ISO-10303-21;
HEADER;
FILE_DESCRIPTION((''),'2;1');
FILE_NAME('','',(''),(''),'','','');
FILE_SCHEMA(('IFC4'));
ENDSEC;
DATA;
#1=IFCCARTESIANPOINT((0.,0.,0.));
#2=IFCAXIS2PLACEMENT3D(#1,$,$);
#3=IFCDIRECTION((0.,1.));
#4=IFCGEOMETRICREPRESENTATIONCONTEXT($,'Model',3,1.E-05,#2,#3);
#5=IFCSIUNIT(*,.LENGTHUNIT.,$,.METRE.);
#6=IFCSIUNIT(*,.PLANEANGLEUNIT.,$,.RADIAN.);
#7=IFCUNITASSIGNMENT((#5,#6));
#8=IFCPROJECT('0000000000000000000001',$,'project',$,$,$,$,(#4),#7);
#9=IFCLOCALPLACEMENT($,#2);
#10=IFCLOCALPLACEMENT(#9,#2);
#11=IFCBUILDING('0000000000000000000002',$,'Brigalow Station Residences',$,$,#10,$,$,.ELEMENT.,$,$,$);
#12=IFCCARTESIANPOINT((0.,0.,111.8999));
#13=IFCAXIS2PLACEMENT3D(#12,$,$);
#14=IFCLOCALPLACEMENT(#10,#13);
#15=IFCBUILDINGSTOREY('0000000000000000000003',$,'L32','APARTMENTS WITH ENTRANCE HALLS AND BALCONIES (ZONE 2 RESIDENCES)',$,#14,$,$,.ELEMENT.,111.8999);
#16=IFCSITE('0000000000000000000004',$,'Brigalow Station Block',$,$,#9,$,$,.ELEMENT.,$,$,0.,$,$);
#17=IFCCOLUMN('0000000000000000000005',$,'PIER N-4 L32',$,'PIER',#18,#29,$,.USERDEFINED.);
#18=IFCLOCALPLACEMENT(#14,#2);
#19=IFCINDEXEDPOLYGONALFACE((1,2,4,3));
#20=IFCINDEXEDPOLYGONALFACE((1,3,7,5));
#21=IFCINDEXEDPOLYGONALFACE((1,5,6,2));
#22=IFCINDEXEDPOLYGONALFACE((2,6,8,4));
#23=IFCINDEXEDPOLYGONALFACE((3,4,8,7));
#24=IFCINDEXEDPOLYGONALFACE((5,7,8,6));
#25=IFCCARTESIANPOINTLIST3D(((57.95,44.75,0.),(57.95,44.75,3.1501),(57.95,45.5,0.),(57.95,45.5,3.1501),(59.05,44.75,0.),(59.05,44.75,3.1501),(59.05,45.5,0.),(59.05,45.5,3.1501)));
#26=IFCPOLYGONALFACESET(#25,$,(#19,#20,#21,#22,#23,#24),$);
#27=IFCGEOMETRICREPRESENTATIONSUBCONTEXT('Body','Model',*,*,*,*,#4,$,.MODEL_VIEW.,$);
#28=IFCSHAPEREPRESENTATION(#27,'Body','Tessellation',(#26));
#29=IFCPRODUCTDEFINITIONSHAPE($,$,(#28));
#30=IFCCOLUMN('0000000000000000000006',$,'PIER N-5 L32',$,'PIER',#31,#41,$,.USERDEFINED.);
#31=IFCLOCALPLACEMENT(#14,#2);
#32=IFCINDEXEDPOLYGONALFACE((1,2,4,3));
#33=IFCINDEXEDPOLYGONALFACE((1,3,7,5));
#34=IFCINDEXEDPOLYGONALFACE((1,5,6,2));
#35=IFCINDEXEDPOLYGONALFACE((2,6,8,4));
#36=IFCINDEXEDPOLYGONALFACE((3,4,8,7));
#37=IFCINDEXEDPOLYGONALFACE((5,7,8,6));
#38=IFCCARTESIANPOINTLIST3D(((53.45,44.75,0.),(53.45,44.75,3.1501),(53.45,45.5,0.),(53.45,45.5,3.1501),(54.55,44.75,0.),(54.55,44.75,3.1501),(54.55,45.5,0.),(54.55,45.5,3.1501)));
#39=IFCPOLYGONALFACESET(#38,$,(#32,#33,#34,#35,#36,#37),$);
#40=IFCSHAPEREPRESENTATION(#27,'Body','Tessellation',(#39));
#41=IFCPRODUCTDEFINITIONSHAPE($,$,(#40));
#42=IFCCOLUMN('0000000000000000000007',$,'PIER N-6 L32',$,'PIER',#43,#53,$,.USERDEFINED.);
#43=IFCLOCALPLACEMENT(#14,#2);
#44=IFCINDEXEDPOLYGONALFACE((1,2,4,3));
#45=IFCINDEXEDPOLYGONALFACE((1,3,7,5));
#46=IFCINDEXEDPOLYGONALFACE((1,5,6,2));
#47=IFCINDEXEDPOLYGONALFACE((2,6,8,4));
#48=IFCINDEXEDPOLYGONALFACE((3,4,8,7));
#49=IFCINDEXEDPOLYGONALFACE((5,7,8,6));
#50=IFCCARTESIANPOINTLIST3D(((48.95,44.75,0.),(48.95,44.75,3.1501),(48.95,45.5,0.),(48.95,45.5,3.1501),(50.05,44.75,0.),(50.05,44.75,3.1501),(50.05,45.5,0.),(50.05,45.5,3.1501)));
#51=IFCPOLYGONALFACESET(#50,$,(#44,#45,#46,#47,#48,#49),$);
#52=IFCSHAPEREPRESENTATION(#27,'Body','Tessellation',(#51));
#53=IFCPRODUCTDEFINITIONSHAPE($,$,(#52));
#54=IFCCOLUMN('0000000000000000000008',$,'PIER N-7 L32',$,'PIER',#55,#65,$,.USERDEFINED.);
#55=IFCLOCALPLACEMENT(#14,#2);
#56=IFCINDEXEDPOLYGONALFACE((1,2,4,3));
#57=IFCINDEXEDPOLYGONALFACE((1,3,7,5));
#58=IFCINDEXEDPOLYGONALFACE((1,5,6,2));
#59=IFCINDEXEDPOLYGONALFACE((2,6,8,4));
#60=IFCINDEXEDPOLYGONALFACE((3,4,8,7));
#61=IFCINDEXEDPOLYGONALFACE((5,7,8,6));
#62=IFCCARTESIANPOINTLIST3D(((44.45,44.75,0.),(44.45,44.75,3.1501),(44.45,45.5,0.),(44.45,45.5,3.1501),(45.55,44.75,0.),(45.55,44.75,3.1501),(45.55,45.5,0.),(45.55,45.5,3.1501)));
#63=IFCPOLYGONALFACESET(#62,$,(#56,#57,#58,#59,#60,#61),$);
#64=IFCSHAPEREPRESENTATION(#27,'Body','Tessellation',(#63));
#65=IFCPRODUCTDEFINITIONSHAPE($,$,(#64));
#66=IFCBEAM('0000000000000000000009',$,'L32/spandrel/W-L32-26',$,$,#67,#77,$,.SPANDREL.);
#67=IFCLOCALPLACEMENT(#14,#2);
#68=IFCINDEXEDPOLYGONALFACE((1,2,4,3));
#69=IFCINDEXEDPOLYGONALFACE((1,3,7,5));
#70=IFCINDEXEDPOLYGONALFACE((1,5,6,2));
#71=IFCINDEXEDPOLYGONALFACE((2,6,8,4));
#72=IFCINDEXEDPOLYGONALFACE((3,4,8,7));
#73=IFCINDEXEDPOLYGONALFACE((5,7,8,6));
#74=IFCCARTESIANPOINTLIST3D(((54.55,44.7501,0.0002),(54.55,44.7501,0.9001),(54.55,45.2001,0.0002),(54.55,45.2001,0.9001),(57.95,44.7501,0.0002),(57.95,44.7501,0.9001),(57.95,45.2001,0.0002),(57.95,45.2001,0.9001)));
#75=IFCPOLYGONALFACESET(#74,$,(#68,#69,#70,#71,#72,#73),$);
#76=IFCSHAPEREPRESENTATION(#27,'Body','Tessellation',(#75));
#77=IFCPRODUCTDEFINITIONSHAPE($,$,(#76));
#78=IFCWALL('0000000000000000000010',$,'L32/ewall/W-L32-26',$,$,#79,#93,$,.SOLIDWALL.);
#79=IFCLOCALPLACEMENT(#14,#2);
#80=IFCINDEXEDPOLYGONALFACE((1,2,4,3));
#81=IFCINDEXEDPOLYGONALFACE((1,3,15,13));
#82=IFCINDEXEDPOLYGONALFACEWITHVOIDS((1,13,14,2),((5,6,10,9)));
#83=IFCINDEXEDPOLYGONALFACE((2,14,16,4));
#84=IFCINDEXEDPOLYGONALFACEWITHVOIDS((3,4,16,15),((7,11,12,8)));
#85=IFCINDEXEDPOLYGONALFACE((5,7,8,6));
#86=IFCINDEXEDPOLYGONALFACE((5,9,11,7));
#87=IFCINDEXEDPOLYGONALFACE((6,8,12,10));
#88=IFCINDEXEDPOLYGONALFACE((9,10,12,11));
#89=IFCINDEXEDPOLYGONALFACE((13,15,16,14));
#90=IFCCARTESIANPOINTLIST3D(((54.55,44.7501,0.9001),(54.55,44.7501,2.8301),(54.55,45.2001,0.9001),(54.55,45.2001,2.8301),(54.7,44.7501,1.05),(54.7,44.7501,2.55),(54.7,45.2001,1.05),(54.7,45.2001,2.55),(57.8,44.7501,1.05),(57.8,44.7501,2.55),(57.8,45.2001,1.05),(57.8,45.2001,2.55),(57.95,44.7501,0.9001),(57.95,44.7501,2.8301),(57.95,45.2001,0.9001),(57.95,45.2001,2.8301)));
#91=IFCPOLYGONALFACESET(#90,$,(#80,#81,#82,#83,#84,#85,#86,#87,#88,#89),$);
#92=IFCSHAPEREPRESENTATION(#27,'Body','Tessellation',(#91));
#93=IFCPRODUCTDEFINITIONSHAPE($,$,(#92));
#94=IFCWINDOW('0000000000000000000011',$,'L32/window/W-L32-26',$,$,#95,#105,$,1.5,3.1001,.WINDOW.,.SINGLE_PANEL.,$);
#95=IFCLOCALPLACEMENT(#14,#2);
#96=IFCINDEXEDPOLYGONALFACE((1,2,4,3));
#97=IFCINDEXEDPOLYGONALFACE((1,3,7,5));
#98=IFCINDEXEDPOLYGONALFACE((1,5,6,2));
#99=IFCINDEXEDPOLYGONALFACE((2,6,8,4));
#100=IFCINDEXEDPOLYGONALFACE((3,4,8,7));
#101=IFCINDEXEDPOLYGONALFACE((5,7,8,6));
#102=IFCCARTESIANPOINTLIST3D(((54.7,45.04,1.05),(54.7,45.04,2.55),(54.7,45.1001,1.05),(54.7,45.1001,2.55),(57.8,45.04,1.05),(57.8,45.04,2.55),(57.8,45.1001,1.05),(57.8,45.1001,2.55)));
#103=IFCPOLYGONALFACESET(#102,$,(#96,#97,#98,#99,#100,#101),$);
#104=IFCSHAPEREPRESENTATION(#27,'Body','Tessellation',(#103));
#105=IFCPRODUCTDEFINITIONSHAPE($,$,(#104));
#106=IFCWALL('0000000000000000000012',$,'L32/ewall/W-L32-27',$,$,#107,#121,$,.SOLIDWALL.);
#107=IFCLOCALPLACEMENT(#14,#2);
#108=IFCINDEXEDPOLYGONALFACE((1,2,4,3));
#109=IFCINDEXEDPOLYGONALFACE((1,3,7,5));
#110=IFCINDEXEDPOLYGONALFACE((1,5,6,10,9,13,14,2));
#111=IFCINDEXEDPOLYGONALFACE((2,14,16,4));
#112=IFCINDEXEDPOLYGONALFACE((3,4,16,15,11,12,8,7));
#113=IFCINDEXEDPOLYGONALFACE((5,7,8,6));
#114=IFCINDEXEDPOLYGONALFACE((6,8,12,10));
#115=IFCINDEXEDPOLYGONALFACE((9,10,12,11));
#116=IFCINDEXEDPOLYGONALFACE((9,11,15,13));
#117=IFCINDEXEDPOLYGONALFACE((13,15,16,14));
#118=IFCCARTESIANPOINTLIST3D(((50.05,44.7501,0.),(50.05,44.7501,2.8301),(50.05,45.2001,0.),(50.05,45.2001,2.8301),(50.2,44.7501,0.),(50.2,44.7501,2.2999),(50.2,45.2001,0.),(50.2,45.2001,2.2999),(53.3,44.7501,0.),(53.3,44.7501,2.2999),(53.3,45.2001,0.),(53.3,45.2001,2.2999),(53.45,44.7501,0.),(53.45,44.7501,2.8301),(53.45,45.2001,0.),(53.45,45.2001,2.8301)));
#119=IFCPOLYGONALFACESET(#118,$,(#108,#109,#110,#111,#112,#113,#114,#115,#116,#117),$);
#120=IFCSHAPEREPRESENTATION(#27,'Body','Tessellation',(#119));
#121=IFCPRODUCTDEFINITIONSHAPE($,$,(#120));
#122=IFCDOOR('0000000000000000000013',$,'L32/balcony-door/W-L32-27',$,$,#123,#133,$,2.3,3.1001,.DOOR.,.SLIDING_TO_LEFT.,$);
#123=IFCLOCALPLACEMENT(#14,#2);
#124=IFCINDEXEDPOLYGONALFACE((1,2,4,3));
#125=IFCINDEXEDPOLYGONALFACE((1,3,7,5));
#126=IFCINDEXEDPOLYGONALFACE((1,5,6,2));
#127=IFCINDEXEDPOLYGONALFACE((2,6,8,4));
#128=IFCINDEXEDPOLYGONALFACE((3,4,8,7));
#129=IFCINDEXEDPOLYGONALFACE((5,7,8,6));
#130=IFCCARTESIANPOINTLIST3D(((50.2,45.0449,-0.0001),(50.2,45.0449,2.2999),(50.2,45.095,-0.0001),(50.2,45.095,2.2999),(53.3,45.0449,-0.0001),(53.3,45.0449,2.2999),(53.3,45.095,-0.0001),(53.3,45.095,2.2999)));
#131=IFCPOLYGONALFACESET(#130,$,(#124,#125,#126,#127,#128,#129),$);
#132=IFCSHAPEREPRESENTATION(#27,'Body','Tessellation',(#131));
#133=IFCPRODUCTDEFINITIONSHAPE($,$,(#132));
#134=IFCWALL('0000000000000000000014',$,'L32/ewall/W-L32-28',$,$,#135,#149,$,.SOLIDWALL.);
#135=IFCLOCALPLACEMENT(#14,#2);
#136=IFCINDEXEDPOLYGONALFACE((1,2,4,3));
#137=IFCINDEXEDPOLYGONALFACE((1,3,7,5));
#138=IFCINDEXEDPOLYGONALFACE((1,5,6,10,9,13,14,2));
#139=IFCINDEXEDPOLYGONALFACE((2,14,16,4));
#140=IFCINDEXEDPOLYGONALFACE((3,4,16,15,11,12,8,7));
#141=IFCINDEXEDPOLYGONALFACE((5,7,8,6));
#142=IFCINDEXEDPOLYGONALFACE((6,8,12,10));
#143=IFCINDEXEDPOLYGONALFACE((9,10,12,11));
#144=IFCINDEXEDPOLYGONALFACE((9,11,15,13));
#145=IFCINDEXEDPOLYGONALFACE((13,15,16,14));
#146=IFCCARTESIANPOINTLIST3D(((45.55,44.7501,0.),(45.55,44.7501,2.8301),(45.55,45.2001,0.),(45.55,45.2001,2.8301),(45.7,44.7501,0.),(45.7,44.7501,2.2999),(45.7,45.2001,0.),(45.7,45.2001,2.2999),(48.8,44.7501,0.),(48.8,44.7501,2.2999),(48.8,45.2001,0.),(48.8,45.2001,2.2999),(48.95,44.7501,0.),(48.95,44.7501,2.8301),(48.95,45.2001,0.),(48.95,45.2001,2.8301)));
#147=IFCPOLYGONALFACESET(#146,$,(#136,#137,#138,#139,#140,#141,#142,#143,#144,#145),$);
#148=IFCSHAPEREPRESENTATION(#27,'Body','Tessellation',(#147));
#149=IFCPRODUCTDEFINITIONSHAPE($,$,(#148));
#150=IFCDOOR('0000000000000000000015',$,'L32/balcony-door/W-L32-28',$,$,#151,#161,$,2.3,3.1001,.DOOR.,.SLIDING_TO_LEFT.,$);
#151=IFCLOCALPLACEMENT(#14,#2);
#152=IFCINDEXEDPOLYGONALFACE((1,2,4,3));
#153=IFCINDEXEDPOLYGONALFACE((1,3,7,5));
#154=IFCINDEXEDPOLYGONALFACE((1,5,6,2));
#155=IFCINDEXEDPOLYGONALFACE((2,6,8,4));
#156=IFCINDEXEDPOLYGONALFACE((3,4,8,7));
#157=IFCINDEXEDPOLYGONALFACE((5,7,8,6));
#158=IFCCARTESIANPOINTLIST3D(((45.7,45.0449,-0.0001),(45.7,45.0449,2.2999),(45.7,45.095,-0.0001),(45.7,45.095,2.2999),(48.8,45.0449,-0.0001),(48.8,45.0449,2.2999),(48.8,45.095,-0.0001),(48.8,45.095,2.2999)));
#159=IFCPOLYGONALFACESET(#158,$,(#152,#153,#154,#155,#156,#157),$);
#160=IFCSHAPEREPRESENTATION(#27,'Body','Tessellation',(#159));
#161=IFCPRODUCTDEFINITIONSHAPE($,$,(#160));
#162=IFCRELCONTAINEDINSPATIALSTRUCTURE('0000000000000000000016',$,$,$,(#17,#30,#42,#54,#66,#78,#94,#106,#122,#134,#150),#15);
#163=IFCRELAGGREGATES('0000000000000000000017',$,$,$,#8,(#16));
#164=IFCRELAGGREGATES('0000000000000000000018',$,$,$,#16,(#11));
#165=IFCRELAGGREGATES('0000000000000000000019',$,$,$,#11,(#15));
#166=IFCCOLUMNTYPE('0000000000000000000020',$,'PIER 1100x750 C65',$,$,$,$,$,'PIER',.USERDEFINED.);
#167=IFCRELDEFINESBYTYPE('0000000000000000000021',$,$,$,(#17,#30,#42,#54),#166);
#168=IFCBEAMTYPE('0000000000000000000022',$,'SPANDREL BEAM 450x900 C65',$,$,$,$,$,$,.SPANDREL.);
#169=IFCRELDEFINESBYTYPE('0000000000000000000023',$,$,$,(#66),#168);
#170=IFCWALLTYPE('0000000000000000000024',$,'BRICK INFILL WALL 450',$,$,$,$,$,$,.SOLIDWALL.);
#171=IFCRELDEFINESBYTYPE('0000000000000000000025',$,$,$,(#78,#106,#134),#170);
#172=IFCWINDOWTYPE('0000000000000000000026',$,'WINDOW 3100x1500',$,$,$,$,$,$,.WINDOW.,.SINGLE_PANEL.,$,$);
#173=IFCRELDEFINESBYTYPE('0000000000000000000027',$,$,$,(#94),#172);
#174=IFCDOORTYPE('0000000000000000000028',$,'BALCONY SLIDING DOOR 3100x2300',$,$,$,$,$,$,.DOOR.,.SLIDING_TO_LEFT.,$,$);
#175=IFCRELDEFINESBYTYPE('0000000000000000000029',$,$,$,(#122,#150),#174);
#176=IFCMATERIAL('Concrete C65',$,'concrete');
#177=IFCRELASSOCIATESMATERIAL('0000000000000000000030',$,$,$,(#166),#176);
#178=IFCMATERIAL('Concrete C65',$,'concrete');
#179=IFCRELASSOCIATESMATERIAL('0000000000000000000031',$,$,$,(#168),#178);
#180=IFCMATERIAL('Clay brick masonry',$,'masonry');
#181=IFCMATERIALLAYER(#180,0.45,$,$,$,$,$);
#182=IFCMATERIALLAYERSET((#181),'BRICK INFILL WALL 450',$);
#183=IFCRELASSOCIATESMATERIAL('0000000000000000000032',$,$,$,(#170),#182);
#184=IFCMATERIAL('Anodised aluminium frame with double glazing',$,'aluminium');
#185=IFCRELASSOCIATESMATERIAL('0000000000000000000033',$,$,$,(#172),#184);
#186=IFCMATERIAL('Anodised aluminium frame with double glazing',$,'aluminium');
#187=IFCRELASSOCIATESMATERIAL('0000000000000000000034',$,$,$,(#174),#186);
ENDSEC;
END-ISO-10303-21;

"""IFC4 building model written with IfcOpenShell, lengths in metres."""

from ifc_helpers import new_model, si_unit, direction, frame, frame_2d, origin, origin_2d, place, context, subcontext, project, spatial, rectangle, extrude, material, layer, layer_set, material_profile, profile_set, type_object, element, fill, save


model = new_model("IFC4")

# Units and contexts
model_context = context("Model", 3, precision=1e-05, world=origin(), true_north=direction((0.0, 1.0)))
body_context = subcontext(model_context, "Body", "Model", "MODEL_VIEW")
ifc_project = project(units=[si_unit("LENGTHUNIT", "METRE"), si_unit("PLANEANGLEUNIT", "RADIAN")], contexts=[model_context])

# Site, building, storey
site_placement = place(None, origin())
site = spatial("IfcSite", under=ifc_project, at=site_placement, Name="Brigalow Station Block", CompositionType="ELEMENT", RefElevation=0.0)
building_placement = place(site_placement, origin())
building = spatial("IfcBuilding", under=site, at=building_placement, Name="Brigalow Station Residences", CompositionType="ELEMENT")
storey_placement = place(building_placement, frame((0.0, 0.0, 111.8999)))
storey = spatial("IfcBuildingStorey", under=building, at=storey_placement, Name="L32", Description="APARTMENTS WITH ENTRANCE HALLS AND BALCONIES (ZONE 2 RESIDENCES)", CompositionType="ELEMENT", Elevation=111.8999)

# Columns
ifc_material_1 = material(Name="Concrete C65", Category="concrete")
ifc_material_profile_1 = material_profile(ifc_material_1, rectangle(XDim=1.1001, YDim=0.75, at=origin_2d()), Name="RC1100x750")
ifc_profile_set_1 = profile_set([ifc_material_profile_1], Name="Concrete C65")
column_type = type_object("IfcColumnType", Name="PIER 1100x750 C65", ElementType="PIER", PredefinedType="USERDEFINED", material=ifc_profile_set_1)
for number, where, z_axis, x_axis, name in (
    (1, (58.5, 45.125, 0.0), (0.0, 0.0, 1.0), (-1.0, 0.0, 0.0), "PIER N-4 L32"),
    (2, (54.0, 45.125, 0.0), (0.0, 0.0, 1.0), (-1.0, 0.0, 0.0), "PIER N-5 L32"),
    (3, (49.5, 45.125, 0.0), (0.0, 0.0, 1.0), (-1.0, 0.0, 0.0), "PIER N-6 L32"),
    (4, (45.0, 45.125, 0.0), (0.0, 0.0, 1.0), (-1.0, 0.0, 0.0), "PIER N-7 L32"),
):
    element("IfcColumn", number, at=place(storey_placement, frame(where, z_axis=z_axis, x_axis=x_axis)), inside=storey, type_object=column_type, Name=name, ObjectType="PIER", PredefinedType="USERDEFINED", context=body_context, shape_type="SweptSolid", body=[
        extrude(rectangle(XDim=1.1001, YDim=0.75, at=origin_2d()), origin(), (0.0, 0.0, 1.0), 3.1501),
    ])

# Beam
ifc_material_2 = material(Name="Concrete C65", Category="concrete")
ifc_material_profile_2 = material_profile(ifc_material_2, rectangle(XDim=0.45, YDim=0.8999, at=origin_2d()), Name="RC450x900")
ifc_profile_set_2 = profile_set([ifc_material_profile_2], Name="Concrete C65")
beam_type = type_object("IfcBeamType", Name="SPANDREL BEAM 450x900 C65", PredefinedType="SPANDREL", material=ifc_profile_set_2)
beam_placement = place(storey_placement, frame((57.95, 44.9751, 0.4502), z_axis=(-1.0, 0.0, 0.0), x_axis=(0.0, -1.0, 0.0)))
element("IfcBeam", 5, at=beam_placement, inside=storey, type_object=beam_type, Name="L32/spandrel/W-L32-26", PredefinedType="SPANDREL", context=body_context, shape_type="SweptSolid", body=[
    extrude(rectangle(XDim=0.45, YDim=0.8999, at=origin_2d()), origin(), (0.0, 0.0, 1.0), 3.3999),
])

# Wall, opening, window
ifc_material_3 = material(Name="Clay brick masonry", Category="masonry")
ifc_layer_1 = layer(ifc_material_3, 0.45)
ifc_layer_set_1 = layer_set([ifc_layer_1], Name="BRICK INFILL WALL 450")
wall_type_1 = type_object("IfcWallType", Name="BRICK INFILL WALL 450", PredefinedType="SOLIDWALL", material=ifc_layer_set_1)
wall_1_placement = place(storey_placement, frame((57.95, 44.9751, 0.9001), z_axis=(0.0, 0.0, 1.0), x_axis=(-1.0, 0.0, 0.0)))
wall_1 = element("IfcWall", 6, at=wall_1_placement, inside=storey, type_object=wall_type_1, Name="L32/ewall/W-L32-26", PredefinedType="SOLIDWALL", context=body_context, shape_type="SweptSolid", body=[
    extrude(rectangle(XDim=3.3999, YDim=0.45, at=frame_2d((1.7, 0.0))), origin(), (0.0, 0.0, 1.0), 1.9299),
])
opening_1_placement = place(wall_1_placement, frame((0.1499, 0.0, 0.1499)))
opening_1 = element("IfcOpeningElement", 7, at=opening_1_placement, cuts=wall_1, PredefinedType="OPENING", context=body_context, shape_type="SweptSolid", body=[
    extrude(rectangle(XDim=3.1001, YDim=1.5, at=frame_2d((1.55, 0.75))), frame((0.0, 0.2349, 0.0), z_axis=(0.0, -1.0, 0.0), x_axis=(1.0, 0.0, 0.0)), (0.0, 0.0, 1.0), 0.47),
])
ifc_material_4 = material(Name="Anodised aluminium frame with double glazing", Category="aluminium")
window_type = type_object("IfcWindowType", Name="WINDOW 3100x1500", PartitioningType="SINGLE_PANEL", PredefinedType="WINDOW", material=ifc_material_4)
window_placement = place(opening_1_placement, origin())
window = element("IfcWindow", 8, at=window_placement, inside=storey, type_object=window_type, Name="L32/window/W-L32-26", OverallHeight=1.5, OverallWidth=3.1001, PartitioningType="SINGLE_PANEL", PredefinedType="WINDOW", context=body_context, shape_type="SweptSolid", body=[
    extrude(rectangle(XDim=3.1001, YDim=1.5, at=frame_2d((1.55, 0.75))), frame((0.0, -0.0649, 0.0), z_axis=(0.0, -1.0, 0.0), x_axis=(1.0, 0.0, 0.0)), (0.0, 0.0, 1.0), 0.0601),
])
fill(opening_1, window)

# Walls, openings, doors
wall_2_placement = place(storey_placement, frame((53.45, 44.9751, 0.0), z_axis=(0.0, 0.0, 1.0), x_axis=(-1.0, 0.0, 0.0)))
wall_2 = element("IfcWall", 9, at=wall_2_placement, inside=storey, type_object=wall_type_1, Name="L32/ewall/W-L32-27", PredefinedType="SOLIDWALL", context=body_context, shape_type="SweptSolid", body=[
    extrude(rectangle(XDim=3.3999, YDim=0.45, at=frame_2d((1.7, 0.0))), origin(), (0.0, 0.0, 1.0), 2.8301),
])
opening_2_placement = place(wall_2_placement, frame((0.1499, 0.0, 0.0)))
opening_2 = element("IfcOpeningElement", 10, at=opening_2_placement, cuts=wall_2, PredefinedType="OPENING", context=body_context, shape_type="SweptSolid", body=[
    extrude(rectangle(XDim=3.1001, YDim=2.3, at=frame_2d((1.55, 1.1499))), frame((0.0, 0.2349, 0.0), z_axis=(0.0, -1.0, 0.0), x_axis=(1.0, 0.0, 0.0)), (0.0, 0.0, 1.0), 0.47),
])
ifc_material_5 = material(Name="Anodised aluminium frame with double glazing", Category="aluminium")
door_type_1 = type_object("IfcDoorType", Name="BALCONY SLIDING DOOR 3100x2300", OperationType="SLIDING_TO_LEFT", PredefinedType="DOOR", material=ifc_material_5)
door_1_placement = place(opening_2_placement, origin())
door_1 = element("IfcDoor", 11, at=door_1_placement, inside=storey, type_object=door_type_1, Name="L32/balcony-door/W-L32-27", OperationType="SLIDING_TO_LEFT", OverallHeight=2.3, OverallWidth=3.1001, PredefinedType="DOOR", context=body_context, shape_type="SweptSolid", body=[
    extrude(rectangle(XDim=3.1001, YDim=2.3, at=frame_2d((1.55, 1.1499))), frame((0.0, -0.0698, 0.0), z_axis=(0.0, -1.0, 0.0), x_axis=(1.0, 0.0, 0.0)), (0.0, 0.0, 1.0), 0.05),
])
fill(opening_2, door_1)
wall_3_placement = place(storey_placement, frame((48.95, 44.9751, 0.0), z_axis=(0.0, 0.0, 1.0), x_axis=(-1.0, 0.0, 0.0)))
wall_3 = element("IfcWall", 12, at=wall_3_placement, inside=storey, type_object=wall_type_1, Name="L32/ewall/W-L32-28", PredefinedType="SOLIDWALL", context=body_context, shape_type="SweptSolid", body=[
    extrude(rectangle(XDim=3.3999, YDim=0.45, at=frame_2d((1.7, 0.0))), origin(), (0.0, 0.0, 1.0), 2.8301),
])
opening_3_placement = place(wall_3_placement, frame((0.1499, 0.0, 0.0)))
opening_3 = element("IfcOpeningElement", 13, at=opening_3_placement, cuts=wall_3, PredefinedType="OPENING", context=body_context, shape_type="SweptSolid", body=[
    extrude(rectangle(XDim=3.1001, YDim=2.3, at=frame_2d((1.55, 1.1499))), frame((0.0, 0.2349, 0.0), z_axis=(0.0, -1.0, 0.0), x_axis=(1.0, 0.0, 0.0)), (0.0, 0.0, 1.0), 0.47),
])
door_2_placement = place(opening_3_placement, origin())
door_2 = element("IfcDoor", 14, at=door_2_placement, inside=storey, type_object=door_type_1, Name="L32/balcony-door/W-L32-28", OperationType="SLIDING_TO_LEFT", OverallHeight=2.3, OverallWidth=3.1001, PredefinedType="DOOR", context=body_context, shape_type="SweptSolid", body=[
    extrude(rectangle(XDim=3.1001, YDim=2.3, at=frame_2d((1.55, 1.1499))), frame((0.0, -0.0698, 0.0), z_axis=(0.0, -1.0, 0.0), x_axis=(1.0, 0.0, 0.0)), (0.0, 0.0, 1.0), 0.05),
])
fill(opening_3, door_2)

save(model, "model.ifc")
